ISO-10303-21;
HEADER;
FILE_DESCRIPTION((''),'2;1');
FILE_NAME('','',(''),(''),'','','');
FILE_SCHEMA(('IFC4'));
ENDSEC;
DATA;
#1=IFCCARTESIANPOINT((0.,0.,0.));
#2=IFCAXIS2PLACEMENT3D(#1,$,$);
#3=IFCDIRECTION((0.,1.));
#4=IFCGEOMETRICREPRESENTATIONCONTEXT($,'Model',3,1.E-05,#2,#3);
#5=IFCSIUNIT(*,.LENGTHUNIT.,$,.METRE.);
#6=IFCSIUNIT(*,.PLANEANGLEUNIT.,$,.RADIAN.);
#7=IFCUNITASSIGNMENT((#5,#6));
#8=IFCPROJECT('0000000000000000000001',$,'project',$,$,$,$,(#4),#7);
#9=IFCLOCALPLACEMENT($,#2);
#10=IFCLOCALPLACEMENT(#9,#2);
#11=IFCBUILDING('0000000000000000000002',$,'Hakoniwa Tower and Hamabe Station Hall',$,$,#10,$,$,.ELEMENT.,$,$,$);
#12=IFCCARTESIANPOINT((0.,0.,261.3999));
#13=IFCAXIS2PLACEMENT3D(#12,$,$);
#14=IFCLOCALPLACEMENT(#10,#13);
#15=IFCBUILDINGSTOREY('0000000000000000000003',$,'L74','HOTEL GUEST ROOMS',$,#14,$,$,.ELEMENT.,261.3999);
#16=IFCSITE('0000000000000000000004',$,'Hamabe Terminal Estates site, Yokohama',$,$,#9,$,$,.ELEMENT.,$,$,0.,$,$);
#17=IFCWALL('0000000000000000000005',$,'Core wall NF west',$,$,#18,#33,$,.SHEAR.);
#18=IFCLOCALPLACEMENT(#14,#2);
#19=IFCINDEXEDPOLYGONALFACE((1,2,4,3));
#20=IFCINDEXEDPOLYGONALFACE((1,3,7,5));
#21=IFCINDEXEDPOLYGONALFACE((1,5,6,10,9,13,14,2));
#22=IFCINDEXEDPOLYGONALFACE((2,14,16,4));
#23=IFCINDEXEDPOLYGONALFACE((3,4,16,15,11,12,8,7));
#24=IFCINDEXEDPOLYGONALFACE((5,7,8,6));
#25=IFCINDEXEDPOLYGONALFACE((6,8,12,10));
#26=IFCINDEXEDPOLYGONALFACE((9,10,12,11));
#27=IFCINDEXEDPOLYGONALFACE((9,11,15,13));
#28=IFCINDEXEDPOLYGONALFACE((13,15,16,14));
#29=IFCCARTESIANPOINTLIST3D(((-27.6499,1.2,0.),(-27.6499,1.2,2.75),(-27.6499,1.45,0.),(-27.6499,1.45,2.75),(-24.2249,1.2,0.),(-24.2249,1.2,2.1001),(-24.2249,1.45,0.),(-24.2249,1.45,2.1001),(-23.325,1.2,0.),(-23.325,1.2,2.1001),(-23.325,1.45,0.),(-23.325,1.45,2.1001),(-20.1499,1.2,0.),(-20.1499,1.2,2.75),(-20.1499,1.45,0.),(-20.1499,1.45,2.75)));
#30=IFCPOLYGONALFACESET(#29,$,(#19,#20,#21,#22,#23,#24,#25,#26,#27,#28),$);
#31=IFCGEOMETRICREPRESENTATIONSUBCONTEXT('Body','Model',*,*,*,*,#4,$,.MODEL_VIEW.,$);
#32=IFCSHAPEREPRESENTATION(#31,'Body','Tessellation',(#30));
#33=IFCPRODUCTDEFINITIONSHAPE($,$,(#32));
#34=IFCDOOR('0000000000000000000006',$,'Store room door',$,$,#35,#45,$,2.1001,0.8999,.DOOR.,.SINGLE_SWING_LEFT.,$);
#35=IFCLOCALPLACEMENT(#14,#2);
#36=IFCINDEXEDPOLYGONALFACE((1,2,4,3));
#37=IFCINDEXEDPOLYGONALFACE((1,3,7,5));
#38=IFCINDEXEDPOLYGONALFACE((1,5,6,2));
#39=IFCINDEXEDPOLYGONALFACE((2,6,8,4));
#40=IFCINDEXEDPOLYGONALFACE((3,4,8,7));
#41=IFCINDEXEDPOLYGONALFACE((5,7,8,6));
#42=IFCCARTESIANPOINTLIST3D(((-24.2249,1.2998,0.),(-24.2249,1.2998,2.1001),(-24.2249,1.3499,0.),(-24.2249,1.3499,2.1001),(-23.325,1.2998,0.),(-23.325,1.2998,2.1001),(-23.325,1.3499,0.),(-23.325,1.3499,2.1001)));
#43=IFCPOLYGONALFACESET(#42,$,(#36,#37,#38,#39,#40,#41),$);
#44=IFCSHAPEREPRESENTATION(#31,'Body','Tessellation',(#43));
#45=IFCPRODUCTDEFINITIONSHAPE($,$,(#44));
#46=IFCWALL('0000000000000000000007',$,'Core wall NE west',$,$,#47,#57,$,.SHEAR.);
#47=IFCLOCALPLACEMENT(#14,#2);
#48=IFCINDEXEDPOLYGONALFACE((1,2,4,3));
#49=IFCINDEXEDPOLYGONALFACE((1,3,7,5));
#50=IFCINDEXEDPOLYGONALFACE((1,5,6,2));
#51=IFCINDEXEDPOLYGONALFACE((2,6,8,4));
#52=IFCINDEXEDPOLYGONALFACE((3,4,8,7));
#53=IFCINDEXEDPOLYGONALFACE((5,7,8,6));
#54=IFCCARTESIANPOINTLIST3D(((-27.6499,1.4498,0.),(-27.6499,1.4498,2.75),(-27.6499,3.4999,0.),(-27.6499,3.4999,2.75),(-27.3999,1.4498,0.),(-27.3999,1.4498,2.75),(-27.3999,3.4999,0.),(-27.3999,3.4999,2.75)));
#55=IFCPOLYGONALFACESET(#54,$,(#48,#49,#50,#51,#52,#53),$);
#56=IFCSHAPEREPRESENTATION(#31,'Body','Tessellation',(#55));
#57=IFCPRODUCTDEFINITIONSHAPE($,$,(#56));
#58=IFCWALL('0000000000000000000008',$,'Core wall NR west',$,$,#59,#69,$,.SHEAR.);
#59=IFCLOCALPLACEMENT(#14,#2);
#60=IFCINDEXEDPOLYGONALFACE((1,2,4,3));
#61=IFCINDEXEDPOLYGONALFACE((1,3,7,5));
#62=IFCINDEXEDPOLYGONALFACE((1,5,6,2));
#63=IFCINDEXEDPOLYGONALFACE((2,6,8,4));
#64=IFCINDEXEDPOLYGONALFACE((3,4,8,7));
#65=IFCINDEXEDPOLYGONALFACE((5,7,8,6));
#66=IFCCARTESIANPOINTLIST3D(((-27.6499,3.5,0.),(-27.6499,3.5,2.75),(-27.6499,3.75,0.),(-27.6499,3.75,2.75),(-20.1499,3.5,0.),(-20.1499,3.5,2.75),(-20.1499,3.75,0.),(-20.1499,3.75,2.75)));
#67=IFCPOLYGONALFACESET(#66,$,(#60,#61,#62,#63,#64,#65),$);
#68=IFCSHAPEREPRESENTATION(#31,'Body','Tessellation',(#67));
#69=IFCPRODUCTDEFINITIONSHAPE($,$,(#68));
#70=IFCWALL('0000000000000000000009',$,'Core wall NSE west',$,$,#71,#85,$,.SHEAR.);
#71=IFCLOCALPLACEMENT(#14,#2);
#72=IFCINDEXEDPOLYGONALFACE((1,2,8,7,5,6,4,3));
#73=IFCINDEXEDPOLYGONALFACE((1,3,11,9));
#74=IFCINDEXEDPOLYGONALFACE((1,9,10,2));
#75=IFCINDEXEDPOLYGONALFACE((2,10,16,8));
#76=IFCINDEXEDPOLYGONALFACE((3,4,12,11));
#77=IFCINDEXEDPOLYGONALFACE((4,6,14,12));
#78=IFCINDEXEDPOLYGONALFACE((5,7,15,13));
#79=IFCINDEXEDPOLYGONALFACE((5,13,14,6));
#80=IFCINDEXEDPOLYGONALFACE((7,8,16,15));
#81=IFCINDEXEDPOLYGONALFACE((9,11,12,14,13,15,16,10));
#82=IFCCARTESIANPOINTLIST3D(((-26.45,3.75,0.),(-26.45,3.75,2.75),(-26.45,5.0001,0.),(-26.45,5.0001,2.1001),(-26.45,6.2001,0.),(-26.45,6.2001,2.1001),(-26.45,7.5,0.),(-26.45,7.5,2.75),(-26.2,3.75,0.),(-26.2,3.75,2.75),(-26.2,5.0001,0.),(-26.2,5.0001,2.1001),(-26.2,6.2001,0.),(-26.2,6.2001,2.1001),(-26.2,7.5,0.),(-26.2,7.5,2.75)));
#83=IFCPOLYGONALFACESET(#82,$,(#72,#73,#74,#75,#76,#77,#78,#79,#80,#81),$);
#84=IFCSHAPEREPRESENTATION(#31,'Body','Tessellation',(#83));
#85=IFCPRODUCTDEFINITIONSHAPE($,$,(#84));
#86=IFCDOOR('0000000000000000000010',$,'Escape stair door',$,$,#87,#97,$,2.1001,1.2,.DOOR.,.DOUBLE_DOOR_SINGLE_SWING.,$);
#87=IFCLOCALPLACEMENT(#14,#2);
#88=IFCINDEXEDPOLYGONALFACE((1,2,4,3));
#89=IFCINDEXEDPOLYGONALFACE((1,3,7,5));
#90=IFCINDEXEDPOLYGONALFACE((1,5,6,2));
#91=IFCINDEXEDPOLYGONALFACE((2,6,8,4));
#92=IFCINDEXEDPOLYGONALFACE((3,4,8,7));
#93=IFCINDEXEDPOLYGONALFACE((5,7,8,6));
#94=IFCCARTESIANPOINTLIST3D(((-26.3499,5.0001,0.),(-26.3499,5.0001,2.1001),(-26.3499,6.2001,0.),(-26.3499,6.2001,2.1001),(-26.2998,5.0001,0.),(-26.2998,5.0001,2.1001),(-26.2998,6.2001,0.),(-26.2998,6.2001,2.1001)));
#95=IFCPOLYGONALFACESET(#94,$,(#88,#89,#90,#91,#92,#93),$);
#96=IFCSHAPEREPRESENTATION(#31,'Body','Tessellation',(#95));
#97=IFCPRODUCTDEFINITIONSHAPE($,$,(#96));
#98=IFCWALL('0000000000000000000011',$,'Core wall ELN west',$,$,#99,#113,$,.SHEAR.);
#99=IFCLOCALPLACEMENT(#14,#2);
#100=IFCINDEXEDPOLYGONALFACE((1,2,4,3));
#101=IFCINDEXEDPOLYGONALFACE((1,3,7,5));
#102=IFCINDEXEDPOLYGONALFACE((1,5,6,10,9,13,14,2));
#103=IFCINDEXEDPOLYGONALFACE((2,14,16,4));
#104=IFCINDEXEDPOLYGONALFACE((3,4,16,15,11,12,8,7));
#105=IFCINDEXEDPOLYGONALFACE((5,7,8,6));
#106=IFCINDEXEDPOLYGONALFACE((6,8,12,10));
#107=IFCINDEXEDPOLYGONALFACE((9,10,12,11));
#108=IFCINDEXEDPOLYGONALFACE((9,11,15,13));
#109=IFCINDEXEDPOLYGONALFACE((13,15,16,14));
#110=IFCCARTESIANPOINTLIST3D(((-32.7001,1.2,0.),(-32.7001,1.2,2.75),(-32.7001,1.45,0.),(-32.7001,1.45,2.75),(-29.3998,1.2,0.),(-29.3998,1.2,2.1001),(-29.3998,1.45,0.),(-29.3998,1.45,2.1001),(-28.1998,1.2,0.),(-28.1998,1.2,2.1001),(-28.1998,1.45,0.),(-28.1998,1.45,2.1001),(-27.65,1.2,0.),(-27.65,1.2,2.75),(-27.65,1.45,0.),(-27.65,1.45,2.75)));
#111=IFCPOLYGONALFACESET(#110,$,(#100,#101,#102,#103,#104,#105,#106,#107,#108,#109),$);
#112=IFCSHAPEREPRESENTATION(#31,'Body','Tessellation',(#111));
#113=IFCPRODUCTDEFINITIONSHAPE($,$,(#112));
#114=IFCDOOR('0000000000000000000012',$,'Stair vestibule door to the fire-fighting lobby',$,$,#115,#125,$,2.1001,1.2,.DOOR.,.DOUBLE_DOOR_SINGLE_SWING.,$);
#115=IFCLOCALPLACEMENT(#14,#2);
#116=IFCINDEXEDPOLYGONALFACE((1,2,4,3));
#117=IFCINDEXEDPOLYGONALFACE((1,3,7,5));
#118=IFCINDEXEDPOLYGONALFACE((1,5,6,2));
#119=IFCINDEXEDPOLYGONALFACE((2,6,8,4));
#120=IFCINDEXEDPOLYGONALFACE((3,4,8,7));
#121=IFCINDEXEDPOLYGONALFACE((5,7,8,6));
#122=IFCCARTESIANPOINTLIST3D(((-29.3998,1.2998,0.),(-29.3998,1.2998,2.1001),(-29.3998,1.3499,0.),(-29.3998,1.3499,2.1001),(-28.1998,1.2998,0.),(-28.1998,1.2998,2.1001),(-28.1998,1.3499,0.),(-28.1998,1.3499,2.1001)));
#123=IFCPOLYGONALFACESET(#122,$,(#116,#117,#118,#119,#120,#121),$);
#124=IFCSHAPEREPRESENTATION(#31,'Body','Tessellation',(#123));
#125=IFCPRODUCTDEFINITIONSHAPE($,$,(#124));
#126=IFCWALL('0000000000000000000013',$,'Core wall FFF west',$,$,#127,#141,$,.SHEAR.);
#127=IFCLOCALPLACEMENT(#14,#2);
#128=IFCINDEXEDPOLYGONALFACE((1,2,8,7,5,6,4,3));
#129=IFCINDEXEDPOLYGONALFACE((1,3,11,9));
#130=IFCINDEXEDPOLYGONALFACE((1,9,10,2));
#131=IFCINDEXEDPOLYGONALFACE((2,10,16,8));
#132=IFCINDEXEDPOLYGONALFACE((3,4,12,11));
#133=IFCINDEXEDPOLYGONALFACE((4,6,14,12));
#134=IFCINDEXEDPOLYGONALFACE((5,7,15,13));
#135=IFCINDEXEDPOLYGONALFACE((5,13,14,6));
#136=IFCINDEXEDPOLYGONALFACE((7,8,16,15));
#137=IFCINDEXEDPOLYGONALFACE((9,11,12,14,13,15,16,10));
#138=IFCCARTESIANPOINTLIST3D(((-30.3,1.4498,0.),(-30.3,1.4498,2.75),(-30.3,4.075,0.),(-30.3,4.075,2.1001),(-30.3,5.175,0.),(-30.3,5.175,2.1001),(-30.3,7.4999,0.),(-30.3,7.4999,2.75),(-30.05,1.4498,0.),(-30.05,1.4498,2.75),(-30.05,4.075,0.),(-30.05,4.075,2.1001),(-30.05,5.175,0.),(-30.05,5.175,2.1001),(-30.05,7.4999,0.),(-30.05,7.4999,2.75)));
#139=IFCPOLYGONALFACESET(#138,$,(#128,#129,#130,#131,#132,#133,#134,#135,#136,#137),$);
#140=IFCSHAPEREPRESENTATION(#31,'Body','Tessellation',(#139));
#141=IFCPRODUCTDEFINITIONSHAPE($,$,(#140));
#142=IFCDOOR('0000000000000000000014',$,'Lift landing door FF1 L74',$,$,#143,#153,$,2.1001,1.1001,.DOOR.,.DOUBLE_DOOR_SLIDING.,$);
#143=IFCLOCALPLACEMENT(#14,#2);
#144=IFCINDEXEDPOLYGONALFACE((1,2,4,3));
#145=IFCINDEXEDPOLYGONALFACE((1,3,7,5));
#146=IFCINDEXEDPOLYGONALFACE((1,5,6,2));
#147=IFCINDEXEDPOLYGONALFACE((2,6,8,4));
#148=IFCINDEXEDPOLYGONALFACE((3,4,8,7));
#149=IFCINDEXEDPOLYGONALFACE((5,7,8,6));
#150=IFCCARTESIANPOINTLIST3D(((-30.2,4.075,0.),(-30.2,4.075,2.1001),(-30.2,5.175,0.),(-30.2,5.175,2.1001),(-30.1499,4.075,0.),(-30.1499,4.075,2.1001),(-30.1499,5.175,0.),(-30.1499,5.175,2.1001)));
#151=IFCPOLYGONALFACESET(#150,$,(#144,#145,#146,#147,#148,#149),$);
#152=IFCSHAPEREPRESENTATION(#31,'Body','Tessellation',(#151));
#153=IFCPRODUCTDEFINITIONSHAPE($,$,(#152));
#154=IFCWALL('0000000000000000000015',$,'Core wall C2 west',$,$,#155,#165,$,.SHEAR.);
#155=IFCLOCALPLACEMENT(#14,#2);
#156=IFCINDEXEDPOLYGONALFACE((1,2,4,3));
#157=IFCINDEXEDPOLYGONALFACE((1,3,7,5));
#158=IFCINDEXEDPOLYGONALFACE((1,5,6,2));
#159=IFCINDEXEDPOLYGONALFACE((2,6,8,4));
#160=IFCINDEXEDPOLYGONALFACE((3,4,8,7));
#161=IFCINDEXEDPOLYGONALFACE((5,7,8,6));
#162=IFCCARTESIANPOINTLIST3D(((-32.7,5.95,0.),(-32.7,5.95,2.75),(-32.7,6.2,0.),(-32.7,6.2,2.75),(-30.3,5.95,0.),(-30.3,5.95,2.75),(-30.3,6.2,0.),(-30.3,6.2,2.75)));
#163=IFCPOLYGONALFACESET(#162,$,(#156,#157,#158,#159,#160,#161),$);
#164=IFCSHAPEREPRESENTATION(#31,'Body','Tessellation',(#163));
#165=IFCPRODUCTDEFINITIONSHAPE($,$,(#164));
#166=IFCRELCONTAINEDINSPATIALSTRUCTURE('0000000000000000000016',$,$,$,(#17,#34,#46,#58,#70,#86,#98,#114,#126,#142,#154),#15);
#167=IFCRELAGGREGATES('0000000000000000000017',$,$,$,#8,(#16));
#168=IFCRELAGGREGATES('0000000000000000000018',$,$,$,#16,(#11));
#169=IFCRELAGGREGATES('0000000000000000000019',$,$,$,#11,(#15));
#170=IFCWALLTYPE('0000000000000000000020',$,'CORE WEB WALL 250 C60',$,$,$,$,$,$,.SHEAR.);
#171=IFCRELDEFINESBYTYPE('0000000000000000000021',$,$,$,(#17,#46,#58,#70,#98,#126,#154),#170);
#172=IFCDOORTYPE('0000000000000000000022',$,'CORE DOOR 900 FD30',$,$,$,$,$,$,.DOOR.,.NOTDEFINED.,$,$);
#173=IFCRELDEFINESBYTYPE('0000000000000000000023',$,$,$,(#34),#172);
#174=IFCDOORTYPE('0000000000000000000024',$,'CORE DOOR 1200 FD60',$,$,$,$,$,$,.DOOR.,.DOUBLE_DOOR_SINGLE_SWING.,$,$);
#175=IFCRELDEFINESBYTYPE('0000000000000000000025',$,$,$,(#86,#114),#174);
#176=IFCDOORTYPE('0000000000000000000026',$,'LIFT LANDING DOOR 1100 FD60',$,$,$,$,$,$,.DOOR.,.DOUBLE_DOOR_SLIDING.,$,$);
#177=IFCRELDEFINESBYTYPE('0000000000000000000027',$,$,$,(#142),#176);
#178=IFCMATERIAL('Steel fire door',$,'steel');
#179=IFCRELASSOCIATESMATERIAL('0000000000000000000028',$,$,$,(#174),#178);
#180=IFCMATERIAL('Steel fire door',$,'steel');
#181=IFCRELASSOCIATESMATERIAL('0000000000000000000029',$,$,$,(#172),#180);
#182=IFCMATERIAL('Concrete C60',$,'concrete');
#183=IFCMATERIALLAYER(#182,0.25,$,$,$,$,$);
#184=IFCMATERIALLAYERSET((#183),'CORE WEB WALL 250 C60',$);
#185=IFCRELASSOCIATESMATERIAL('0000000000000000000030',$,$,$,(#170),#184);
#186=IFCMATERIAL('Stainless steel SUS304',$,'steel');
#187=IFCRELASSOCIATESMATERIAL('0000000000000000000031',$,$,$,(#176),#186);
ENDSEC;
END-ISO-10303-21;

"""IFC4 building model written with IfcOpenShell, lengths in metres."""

from ifc_helpers import new_model, si_unit, direction, frame, frame_2d, origin, place, context, subcontext, project, spatial, rectangle, extrude, material, layer, layer_set, type_object, element, fill, save


model = new_model("IFC4")

# Units and contexts
model_context = context("Model", 3, precision=1e-05, world=origin(), true_north=direction((0.0, 1.0)))
body_context = subcontext(model_context, "Body", "Model", "MODEL_VIEW")
ifc_project = project(units=[si_unit("LENGTHUNIT", "METRE"), si_unit("PLANEANGLEUNIT", "RADIAN")], contexts=[model_context])

# Site, building, storey
site_placement = place(None, origin())
site = spatial("IfcSite", under=ifc_project, at=site_placement, Name="Hamabe Terminal Estates site, Yokohama", CompositionType="ELEMENT", RefElevation=0.0)
building_placement = place(site_placement, origin())
building = spatial("IfcBuilding", under=site, at=building_placement, Name="Hakoniwa Tower and Hamabe Station Hall", CompositionType="ELEMENT")
storey_placement = place(building_placement, frame((0.0, 0.0, 261.3999)))
storey = spatial("IfcBuildingStorey", under=building, at=storey_placement, Name="L74", Description="HOTEL GUEST ROOMS", CompositionType="ELEMENT", Elevation=261.3999)

# Shared definitions
ifc_material_1 = material(Name="Steel fire door", Category="steel")
door_type_1 = type_object("IfcDoorType", Name="CORE DOOR 1200 FD60", OperationType="DOUBLE_DOOR_SINGLE_SWING", PredefinedType="DOOR", material=ifc_material_1)
ifc_material_2 = material(Name="Steel fire door", Category="steel")
door_type_2 = type_object("IfcDoorType", Name="CORE DOOR 900 FD30", OperationType="NOTDEFINED", PredefinedType="DOOR", material=ifc_material_2)

# Wall, opening, door
ifc_material_3 = material(Name="Concrete C60", Category="concrete")
ifc_layer_1 = layer(ifc_material_3, 0.25)
ifc_layer_set_1 = layer_set([ifc_layer_1], Name="CORE WEB WALL 250 C60")
wall_type_1 = type_object("IfcWallType", Name="CORE WEB WALL 250 C60", PredefinedType="SHEAR", material=ifc_layer_set_1)
wall_1_placement = place(storey_placement, frame((-27.6499, 1.325, 0.0), z_axis=(0.0, 0.0, 1.0), x_axis=(1.0, 0.0, 0.0)))
wall_1 = element("IfcWall", 1, at=wall_1_placement, inside=storey, type_object=wall_type_1, Name="Core wall NF west", PredefinedType="SHEAR", context=body_context, shape_type="SweptSolid", body=[
    extrude(rectangle(XDim=7.5, YDim=0.25, at=frame_2d((3.75, 0.0))), origin(), (0.0, 0.0, 1.0), 2.75),
])
opening_1_placement = place(wall_1_placement, frame((3.425, 0.0, 0.0)))
opening_1 = element("IfcOpeningElement", 2, at=opening_1_placement, cuts=wall_1, PredefinedType="OPENING", context=body_context, shape_type="SweptSolid", body=[
    extrude(rectangle(XDim=0.8999, YDim=2.1001, at=frame_2d((0.45, 1.05))), frame((0.0, 0.135, 0.0), z_axis=(0.0, -1.0, 0.0), x_axis=(1.0, 0.0, 0.0)), (0.0, 0.0, 1.0), 0.27),
])
door_1_placement = place(opening_1_placement, origin())
door_1 = element("IfcDoor", 3, at=door_1_placement, inside=storey, type_object=door_type_2, Name="Store room door", OperationType="SINGLE_SWING_LEFT", OverallHeight=2.1001, OverallWidth=0.8999, PredefinedType="DOOR", context=body_context, shape_type="SweptSolid", body=[
    extrude(rectangle(XDim=0.8999, YDim=2.1001, at=frame_2d((0.45, 1.05))), frame((0.0, 0.0249, 0.0), z_axis=(0.0, -1.0, 0.0), x_axis=(1.0, 0.0, 0.0)), (0.0, 0.0, 1.0), 0.05),
])
fill(opening_1, door_1)

# Walls
wall_2_placement = place(storey_placement, frame((-27.5249, 1.45, 0.0), z_axis=(0.0, 0.0, 1.0), x_axis=(0.0, 1.0, 0.0)))
element("IfcWall", 4, at=wall_2_placement, inside=storey, type_object=wall_type_1, Name="Core wall NE west", PredefinedType="SHEAR", context=body_context, shape_type="SweptSolid", body=[
    extrude(rectangle(XDim=2.05, YDim=0.25, at=frame_2d((1.0249, 0.0))), origin(), (0.0, 0.0, 1.0), 2.75),
])
wall_3_placement = place(storey_placement, frame((-27.6499, 3.625, 0.0), z_axis=(0.0, 0.0, 1.0), x_axis=(1.0, 0.0, 0.0)))
element("IfcWall", 5, at=wall_3_placement, inside=storey, type_object=wall_type_1, Name="Core wall NR west", PredefinedType="SHEAR", context=body_context, shape_type="SweptSolid", body=[
    extrude(rectangle(XDim=7.5, YDim=0.25, at=frame_2d((3.75, 0.0))), origin(), (0.0, 0.0, 1.0), 2.75),
])

# Walls, openings, doors
wall_4_placement = place(storey_placement, frame((-26.325, 3.75, 0.0), z_axis=(0.0, 0.0, 1.0), x_axis=(0.0, 1.0, 0.0)))
wall_4 = element("IfcWall", 6, at=wall_4_placement, inside=storey, type_object=wall_type_1, Name="Core wall NSE west", PredefinedType="SHEAR", context=body_context, shape_type="SweptSolid", body=[
    extrude(rectangle(XDim=3.75, YDim=0.25, at=frame_2d((1.875, 0.0))), origin(), (0.0, 0.0, 1.0), 2.75),
])
opening_2_placement = place(wall_4_placement, frame((1.25, 0.0, 0.0)))
opening_2 = element("IfcOpeningElement", 7, at=opening_2_placement, cuts=wall_4, PredefinedType="OPENING", context=body_context, shape_type="SweptSolid", body=[
    extrude(rectangle(XDim=1.2, YDim=2.1001, at=frame_2d((0.6001, 1.05))), frame((0.0, 0.135, 0.0), z_axis=(0.0, -1.0, 0.0), x_axis=(1.0, 0.0, 0.0)), (0.0, 0.0, 1.0), 0.27),
])
door_2_placement = place(opening_2_placement, origin())
door_2 = element("IfcDoor", 8, at=door_2_placement, inside=storey, type_object=door_type_1, Name="Escape stair door", OperationType="DOUBLE_DOOR_SINGLE_SWING", OverallHeight=2.1001, OverallWidth=1.2, PredefinedType="DOOR", context=body_context, shape_type="SweptSolid", body=[
    extrude(rectangle(XDim=1.2, YDim=2.1001, at=frame_2d((0.6001, 1.05))), frame((0.0, 0.0249, 0.0), z_axis=(0.0, -1.0, 0.0), x_axis=(1.0, 0.0, 0.0)), (0.0, 0.0, 1.0), 0.05),
])
fill(opening_2, door_2)
wall_5_placement = place(storey_placement, frame((-32.7, 1.325, 0.0), z_axis=(0.0, 0.0, 1.0), x_axis=(1.0, 0.0, 0.0)))
wall_5 = element("IfcWall", 9, at=wall_5_placement, inside=storey, type_object=wall_type_1, Name="Core wall ELN west", PredefinedType="SHEAR", context=body_context, shape_type="SweptSolid", body=[
    extrude(rectangle(XDim=5.05, YDim=0.25, at=frame_2d((2.5249, 0.0))), origin(), (0.0, 0.0, 1.0), 2.75),
])
opening_3_placement = place(wall_5_placement, frame((3.3, 0.0, 0.0)))
opening_3 = element("IfcOpeningElement", 10, at=opening_3_placement, cuts=wall_5, PredefinedType="OPENING", context=body_context, shape_type="SweptSolid", body=[
    extrude(rectangle(XDim=1.2, YDim=2.1001, at=frame_2d((0.6001, 1.05))), frame((0.0, 0.135, 0.0), z_axis=(0.0, -1.0, 0.0), x_axis=(1.0, 0.0, 0.0)), (0.0, 0.0, 1.0), 0.27),
])
door_3_placement = place(opening_3_placement, origin())
door_3 = element("IfcDoor", 11, at=door_3_placement, inside=storey, type_object=door_type_1, Name="Stair vestibule door to the fire-fighting lobby", OperationType="DOUBLE_DOOR_SINGLE_SWING", OverallHeight=2.1001, OverallWidth=1.2, PredefinedType="DOOR", context=body_context, shape_type="SweptSolid", body=[
    extrude(rectangle(XDim=1.2, YDim=2.1001, at=frame_2d((0.6001, 1.05))), frame((0.0, 0.0249, 0.0), z_axis=(0.0, -1.0, 0.0), x_axis=(1.0, 0.0, 0.0)), (0.0, 0.0, 1.0), 0.05),
])
fill(opening_3, door_3)
wall_6_placement = place(storey_placement, frame((-30.175, 1.45, 0.0), z_axis=(0.0, 0.0, 1.0), x_axis=(0.0, 1.0, 0.0)))
wall_6 = element("IfcWall", 12, at=wall_6_placement, inside=storey, type_object=wall_type_1, Name="Core wall FFF west", PredefinedType="SHEAR", context=body_context, shape_type="SweptSolid", body=[
    extrude(rectangle(XDim=6.05, YDim=0.25, at=frame_2d((3.0249, 0.0))), origin(), (0.0, 0.0, 1.0), 2.75),
])
opening_4_placement = place(wall_6_placement, frame((2.625, 0.0, 0.0)))
opening_4 = element("IfcOpeningElement", 13, at=opening_4_placement, cuts=wall_6, PredefinedType="OPENING", context=body_context, shape_type="SweptSolid", body=[
    extrude(rectangle(XDim=1.1001, YDim=2.1001, at=frame_2d((0.55, 1.05))), frame((0.0, 0.135, 0.0), z_axis=(0.0, -1.0, 0.0), x_axis=(1.0, 0.0, 0.0)), (0.0, 0.0, 1.0), 0.27),
])
ifc_material_4 = material(Name="Stainless steel SUS304", Category="steel")
door_type_3 = type_object("IfcDoorType", Name="LIFT LANDING DOOR 1100 FD60", OperationType="DOUBLE_DOOR_SLIDING", PredefinedType="DOOR", material=ifc_material_4)
door_4_placement = place(opening_4_placement, origin())
door_4 = element("IfcDoor", 14, at=door_4_placement, inside=storey, type_object=door_type_3, Name="Lift landing door FF1 L74", OperationType="DOUBLE_DOOR_SLIDING", OverallHeight=2.1001, OverallWidth=1.1001, PredefinedType="DOOR", context=body_context, shape_type="SweptSolid", body=[
    extrude(rectangle(XDim=1.1001, YDim=2.1001, at=frame_2d((0.55, 1.05))), frame((0.0, 0.0249, 0.0), z_axis=(0.0, -1.0, 0.0), x_axis=(1.0, 0.0, 0.0)), (0.0, 0.0, 1.0), 0.05),
])
fill(opening_4, door_4)

# Wall
wall_7_placement = place(storey_placement, frame((-32.7, 6.075, 0.0), z_axis=(0.0, 0.0, 1.0), x_axis=(1.0, 0.0, 0.0)))
element("IfcWall", 15, at=wall_7_placement, inside=storey, type_object=wall_type_1, Name="Core wall C2 west", PredefinedType="SHEAR", context=body_context, shape_type="SweptSolid", body=[
    extrude(rectangle(XDim=2.3999, YDim=0.25, at=frame_2d((1.2, 0.0))), origin(), (0.0, 0.0, 1.0), 2.75),
])

save(model, "model.ifc")
